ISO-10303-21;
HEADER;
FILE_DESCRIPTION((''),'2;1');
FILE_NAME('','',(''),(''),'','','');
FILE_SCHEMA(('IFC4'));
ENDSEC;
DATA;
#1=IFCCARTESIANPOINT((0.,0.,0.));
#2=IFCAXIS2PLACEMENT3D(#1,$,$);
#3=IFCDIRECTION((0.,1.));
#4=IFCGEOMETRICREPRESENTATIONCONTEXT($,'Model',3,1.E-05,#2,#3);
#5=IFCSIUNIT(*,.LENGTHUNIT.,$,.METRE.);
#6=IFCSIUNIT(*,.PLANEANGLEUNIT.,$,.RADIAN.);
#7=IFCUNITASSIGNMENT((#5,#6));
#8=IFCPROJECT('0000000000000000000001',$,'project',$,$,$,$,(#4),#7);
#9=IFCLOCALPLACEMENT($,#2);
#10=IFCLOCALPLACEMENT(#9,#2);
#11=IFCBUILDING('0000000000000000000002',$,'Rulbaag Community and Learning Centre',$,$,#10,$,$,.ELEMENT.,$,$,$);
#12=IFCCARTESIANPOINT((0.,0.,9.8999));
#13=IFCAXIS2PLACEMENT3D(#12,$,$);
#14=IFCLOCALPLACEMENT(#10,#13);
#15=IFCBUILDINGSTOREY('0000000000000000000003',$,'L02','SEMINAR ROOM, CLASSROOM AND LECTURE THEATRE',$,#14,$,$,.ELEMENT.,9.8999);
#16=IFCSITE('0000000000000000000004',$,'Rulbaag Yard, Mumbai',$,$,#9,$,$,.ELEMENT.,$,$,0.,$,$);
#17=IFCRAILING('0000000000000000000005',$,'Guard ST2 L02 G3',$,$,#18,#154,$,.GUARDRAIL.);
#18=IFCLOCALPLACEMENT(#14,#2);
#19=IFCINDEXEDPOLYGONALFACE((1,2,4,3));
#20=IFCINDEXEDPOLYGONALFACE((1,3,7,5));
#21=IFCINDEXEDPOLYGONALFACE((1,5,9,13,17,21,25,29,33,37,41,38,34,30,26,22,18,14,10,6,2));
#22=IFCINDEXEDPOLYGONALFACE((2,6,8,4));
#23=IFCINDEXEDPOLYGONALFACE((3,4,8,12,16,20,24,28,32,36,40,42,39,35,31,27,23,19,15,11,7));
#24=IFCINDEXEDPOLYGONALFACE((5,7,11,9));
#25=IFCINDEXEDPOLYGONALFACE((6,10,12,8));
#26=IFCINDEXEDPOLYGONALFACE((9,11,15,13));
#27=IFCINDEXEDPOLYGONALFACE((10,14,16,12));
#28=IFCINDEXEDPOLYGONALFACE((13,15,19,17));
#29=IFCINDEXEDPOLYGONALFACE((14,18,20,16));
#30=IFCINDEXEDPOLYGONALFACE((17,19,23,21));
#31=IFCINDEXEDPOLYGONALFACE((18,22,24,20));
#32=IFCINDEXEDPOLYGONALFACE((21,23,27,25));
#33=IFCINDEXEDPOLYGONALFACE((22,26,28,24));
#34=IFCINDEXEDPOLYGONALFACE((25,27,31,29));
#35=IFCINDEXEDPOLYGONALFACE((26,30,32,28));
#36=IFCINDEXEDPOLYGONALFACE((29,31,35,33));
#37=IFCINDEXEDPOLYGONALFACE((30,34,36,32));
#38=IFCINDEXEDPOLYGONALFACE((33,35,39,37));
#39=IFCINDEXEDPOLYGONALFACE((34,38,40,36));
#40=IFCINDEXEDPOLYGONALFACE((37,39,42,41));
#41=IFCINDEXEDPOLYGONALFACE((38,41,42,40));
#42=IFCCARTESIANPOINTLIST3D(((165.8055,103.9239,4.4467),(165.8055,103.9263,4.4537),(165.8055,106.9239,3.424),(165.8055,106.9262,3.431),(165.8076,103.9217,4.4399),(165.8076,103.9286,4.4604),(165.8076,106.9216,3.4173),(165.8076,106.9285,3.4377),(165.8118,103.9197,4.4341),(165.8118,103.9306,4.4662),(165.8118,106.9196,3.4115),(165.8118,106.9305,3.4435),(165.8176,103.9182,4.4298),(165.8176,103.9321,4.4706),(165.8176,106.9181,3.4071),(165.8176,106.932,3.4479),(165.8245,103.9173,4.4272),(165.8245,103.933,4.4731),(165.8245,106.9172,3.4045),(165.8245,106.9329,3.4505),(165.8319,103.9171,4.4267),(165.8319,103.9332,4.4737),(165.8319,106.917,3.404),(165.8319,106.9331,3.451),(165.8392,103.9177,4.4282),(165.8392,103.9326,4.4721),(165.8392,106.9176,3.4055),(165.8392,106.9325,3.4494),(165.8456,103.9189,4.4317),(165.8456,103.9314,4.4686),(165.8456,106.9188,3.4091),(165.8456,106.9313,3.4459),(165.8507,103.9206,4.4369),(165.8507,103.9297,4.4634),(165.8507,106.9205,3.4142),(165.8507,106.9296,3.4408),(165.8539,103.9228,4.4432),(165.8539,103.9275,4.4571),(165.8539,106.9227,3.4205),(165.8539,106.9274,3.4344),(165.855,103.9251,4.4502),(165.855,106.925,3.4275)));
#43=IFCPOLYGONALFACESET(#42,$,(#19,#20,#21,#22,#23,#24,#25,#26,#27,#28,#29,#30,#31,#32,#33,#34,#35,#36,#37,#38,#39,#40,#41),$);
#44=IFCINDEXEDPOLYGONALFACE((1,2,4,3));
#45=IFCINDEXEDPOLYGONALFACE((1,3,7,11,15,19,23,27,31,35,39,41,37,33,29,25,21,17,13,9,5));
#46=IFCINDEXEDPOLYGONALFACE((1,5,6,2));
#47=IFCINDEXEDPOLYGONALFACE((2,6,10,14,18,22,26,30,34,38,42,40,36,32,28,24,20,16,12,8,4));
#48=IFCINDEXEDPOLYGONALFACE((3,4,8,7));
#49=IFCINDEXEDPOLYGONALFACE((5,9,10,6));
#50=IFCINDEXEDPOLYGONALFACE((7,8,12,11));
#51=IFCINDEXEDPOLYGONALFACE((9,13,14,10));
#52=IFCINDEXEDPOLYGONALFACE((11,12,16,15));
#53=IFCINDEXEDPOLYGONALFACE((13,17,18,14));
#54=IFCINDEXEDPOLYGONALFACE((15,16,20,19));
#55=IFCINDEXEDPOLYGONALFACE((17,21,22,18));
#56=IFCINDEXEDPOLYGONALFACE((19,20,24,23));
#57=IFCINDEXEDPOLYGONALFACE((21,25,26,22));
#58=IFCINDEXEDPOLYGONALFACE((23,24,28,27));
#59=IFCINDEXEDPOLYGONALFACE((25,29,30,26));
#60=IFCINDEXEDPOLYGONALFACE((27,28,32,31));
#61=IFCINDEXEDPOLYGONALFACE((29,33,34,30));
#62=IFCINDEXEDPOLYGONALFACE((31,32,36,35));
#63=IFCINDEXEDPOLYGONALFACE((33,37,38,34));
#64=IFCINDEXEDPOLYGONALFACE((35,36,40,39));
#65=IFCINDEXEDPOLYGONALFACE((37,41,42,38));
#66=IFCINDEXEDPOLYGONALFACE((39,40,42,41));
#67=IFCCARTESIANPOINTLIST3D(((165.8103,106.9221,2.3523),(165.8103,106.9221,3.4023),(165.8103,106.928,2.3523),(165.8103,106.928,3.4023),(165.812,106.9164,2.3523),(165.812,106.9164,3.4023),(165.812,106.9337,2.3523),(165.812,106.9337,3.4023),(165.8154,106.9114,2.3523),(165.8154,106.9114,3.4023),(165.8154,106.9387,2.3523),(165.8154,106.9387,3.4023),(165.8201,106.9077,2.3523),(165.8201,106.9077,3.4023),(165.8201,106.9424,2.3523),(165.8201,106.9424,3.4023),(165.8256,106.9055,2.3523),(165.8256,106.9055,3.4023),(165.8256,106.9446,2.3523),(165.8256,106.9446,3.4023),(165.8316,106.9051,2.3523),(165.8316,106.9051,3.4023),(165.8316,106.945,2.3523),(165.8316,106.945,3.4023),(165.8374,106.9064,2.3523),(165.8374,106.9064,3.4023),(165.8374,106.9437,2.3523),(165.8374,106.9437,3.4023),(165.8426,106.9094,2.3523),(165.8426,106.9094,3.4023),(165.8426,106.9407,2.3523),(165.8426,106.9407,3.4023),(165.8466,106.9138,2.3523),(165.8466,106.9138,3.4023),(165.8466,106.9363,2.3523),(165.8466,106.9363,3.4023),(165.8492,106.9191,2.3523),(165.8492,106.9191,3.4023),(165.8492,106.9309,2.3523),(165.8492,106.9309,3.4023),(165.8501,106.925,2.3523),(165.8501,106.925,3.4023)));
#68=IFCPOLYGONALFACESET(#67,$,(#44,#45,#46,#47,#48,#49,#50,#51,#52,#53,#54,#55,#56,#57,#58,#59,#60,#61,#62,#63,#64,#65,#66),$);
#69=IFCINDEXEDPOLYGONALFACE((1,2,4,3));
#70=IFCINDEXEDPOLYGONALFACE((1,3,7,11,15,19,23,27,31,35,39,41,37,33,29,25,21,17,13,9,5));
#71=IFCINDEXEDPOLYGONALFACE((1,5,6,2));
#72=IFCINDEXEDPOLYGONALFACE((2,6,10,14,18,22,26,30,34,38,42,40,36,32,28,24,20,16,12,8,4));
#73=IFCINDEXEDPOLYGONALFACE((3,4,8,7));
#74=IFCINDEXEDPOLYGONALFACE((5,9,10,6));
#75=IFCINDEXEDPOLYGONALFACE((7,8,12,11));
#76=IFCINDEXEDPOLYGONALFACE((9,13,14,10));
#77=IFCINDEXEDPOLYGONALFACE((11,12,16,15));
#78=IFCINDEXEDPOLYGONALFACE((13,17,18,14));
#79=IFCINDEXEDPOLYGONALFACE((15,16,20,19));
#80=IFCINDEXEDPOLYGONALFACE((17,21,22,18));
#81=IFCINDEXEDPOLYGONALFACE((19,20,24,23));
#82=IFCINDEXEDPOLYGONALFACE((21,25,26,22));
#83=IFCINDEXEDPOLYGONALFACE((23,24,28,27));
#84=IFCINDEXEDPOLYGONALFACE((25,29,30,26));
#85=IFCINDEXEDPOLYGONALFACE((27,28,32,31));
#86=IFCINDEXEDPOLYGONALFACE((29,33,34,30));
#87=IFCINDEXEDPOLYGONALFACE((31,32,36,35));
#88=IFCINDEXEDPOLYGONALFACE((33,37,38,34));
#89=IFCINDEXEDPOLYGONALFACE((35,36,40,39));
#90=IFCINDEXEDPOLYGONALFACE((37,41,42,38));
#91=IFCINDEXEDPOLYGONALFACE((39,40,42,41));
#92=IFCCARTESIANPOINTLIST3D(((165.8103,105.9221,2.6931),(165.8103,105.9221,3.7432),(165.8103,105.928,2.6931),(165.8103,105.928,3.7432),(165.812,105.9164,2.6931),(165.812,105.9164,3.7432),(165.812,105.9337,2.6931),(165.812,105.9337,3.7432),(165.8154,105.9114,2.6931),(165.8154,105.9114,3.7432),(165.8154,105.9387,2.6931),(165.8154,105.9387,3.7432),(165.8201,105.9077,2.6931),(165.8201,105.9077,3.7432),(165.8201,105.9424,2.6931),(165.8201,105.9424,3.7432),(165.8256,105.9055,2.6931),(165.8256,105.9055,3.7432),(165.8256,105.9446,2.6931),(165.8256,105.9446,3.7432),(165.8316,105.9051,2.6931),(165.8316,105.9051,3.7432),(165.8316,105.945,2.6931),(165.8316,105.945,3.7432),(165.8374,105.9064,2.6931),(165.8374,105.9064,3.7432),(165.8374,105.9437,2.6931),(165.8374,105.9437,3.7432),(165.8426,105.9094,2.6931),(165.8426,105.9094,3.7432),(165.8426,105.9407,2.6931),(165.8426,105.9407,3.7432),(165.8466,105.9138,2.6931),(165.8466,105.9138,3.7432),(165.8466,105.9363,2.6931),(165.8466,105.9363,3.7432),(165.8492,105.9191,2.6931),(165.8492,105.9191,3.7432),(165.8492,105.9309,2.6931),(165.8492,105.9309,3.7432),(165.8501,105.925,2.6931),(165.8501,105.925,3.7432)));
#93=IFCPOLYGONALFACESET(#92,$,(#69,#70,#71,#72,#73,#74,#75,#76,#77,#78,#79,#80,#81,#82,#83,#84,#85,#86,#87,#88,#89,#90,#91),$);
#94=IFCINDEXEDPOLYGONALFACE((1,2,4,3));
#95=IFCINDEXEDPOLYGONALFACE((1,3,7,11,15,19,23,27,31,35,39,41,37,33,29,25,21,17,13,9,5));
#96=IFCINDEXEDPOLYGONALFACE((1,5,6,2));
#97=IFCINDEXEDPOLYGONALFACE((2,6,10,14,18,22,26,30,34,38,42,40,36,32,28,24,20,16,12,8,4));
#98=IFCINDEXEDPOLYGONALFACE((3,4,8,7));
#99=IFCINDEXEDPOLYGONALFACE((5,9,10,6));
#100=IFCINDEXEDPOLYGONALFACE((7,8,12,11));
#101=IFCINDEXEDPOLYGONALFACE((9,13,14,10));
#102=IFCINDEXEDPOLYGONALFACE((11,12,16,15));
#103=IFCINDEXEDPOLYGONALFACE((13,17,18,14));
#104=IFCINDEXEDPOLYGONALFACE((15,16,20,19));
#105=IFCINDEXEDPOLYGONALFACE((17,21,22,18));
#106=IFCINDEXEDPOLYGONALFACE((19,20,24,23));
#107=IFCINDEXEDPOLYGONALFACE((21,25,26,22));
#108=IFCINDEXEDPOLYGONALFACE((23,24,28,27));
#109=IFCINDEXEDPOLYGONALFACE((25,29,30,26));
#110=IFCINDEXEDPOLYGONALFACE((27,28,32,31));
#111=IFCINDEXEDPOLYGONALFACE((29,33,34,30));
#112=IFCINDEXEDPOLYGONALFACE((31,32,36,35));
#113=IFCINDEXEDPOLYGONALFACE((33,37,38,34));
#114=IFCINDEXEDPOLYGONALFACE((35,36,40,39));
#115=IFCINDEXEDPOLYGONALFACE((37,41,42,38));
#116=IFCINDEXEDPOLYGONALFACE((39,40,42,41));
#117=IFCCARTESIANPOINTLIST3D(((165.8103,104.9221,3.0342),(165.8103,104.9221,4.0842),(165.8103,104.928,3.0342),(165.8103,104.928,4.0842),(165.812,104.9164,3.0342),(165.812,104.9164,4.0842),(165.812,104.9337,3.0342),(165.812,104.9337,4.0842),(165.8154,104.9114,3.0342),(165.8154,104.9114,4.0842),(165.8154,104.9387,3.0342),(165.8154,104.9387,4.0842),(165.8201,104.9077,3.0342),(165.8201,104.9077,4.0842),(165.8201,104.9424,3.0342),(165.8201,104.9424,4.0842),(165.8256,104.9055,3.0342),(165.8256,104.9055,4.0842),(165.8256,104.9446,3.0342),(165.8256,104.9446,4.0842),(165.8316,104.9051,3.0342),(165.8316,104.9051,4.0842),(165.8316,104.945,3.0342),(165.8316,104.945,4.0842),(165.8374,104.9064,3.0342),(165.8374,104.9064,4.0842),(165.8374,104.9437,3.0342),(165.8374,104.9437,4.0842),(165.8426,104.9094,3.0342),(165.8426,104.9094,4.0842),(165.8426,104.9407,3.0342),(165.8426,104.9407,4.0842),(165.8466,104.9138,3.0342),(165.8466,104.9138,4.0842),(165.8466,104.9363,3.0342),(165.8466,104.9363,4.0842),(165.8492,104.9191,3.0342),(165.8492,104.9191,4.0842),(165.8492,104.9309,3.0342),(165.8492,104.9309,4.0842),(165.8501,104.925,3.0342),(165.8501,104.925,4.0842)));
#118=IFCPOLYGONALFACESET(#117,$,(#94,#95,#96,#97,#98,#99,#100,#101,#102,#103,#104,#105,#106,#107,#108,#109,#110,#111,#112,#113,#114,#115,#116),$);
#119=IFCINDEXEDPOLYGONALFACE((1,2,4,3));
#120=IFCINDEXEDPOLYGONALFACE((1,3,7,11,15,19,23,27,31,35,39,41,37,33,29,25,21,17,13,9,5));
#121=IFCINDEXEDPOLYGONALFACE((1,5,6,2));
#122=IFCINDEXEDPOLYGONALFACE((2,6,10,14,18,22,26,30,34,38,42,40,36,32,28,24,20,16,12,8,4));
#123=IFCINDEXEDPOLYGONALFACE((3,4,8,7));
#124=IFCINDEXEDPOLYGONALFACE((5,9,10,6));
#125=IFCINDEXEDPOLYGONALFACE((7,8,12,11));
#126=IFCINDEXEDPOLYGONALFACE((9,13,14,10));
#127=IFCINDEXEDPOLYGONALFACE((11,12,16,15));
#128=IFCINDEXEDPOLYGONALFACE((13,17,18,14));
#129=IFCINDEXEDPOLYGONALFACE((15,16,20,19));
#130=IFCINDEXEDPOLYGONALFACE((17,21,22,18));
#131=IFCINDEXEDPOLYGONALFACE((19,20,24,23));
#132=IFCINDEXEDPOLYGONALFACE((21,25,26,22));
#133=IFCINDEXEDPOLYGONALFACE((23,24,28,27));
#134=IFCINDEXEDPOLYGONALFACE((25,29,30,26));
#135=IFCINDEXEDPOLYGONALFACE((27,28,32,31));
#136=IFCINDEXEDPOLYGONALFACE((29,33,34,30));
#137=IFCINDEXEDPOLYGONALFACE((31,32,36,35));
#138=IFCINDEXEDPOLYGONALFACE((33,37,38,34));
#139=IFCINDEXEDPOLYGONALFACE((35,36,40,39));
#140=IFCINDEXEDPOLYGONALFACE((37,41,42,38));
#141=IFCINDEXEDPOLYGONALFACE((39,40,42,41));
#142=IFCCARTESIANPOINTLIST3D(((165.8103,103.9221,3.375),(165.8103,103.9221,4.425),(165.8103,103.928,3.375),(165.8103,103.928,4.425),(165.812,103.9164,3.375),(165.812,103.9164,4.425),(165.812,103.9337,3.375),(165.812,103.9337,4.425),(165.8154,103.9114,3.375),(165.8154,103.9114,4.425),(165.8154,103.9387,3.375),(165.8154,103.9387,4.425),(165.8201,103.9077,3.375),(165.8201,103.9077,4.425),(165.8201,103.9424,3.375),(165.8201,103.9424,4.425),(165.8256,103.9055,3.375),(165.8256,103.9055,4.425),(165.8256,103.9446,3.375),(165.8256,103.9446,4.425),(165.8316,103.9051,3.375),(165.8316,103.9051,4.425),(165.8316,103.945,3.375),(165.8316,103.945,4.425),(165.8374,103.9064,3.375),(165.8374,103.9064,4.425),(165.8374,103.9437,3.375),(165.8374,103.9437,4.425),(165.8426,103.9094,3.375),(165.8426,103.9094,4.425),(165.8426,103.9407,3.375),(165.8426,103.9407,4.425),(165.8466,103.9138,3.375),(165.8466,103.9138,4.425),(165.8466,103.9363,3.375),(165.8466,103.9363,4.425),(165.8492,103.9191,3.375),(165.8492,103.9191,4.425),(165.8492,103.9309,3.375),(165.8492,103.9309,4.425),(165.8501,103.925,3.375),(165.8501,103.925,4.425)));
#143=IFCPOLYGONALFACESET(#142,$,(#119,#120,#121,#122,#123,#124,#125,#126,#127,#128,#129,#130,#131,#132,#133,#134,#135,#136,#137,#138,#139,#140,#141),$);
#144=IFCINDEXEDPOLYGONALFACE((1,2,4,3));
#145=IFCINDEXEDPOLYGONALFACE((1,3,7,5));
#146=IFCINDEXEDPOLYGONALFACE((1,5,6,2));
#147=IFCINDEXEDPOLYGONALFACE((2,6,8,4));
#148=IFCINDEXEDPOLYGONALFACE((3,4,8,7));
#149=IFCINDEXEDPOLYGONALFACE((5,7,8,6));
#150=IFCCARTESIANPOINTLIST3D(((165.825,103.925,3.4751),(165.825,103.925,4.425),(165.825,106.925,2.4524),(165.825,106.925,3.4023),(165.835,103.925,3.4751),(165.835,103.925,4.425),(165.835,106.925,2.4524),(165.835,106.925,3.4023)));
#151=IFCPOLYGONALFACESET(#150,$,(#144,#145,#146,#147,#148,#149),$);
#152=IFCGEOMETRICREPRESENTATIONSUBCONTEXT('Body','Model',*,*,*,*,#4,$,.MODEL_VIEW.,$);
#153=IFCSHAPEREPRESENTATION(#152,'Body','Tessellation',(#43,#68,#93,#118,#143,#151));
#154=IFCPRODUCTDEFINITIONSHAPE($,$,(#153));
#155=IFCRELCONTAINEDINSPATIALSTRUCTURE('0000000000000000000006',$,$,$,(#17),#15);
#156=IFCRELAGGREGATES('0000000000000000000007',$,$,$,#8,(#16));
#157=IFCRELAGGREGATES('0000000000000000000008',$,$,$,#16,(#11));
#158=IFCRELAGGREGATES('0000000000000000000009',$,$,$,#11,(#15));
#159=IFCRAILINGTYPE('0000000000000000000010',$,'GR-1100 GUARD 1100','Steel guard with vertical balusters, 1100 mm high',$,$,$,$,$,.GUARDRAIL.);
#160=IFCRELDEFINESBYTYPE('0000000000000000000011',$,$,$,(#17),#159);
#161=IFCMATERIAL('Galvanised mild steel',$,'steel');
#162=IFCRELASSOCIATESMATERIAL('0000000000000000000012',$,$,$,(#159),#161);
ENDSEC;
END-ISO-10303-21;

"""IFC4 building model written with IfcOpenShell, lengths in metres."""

from ifc_helpers import new_model, si_unit, direction, frame, origin, origin_2d, place, context, subcontext, project, spatial, polyline, circle, outline, extrude, material, type_object, element, save


model = new_model("IFC4")

# Units and contexts
model_context = context("Model", 3, precision=1e-05, world=origin(), true_north=direction((0.0, 1.0)))
body_context = subcontext(model_context, "Body", "Model", "MODEL_VIEW")
ifc_project = project(units=[si_unit("LENGTHUNIT", "METRE"), si_unit("PLANEANGLEUNIT", "RADIAN")], contexts=[model_context])

# Site, building, storey
site_placement = place(None, origin())
site = spatial("IfcSite", under=ifc_project, at=site_placement, Name="Rulbaag Yard, Mumbai", CompositionType="ELEMENT", RefElevation=0.0)
building_placement = place(site_placement, origin())
building = spatial("IfcBuilding", under=site, at=building_placement, Name="Rulbaag Community and Learning Centre", CompositionType="ELEMENT")
storey_placement = place(building_placement, frame((0.0, 0.0, 9.8999)))
storey = spatial("IfcBuildingStorey", under=building, at=storey_placement, Name="L02", Description="SEMINAR ROOM, CLASSROOM AND LECTURE THEATRE", CompositionType="ELEMENT", Elevation=9.8999)

# Railing
ifc_material_1 = material(Name="Galvanised mild steel", Category="steel")
railing_type_1 = type_object("IfcRailingType", Name="GR-1100 GUARD 1100", Description="Steel guard with vertical balusters, 1100 mm high", PredefinedType="GUARDRAIL", material=ifc_material_1)
railing_1_placement = place(storey_placement, frame((165.8301, 106.925, 2.3523)))
element("IfcRailing", 1, at=railing_1_placement, inside=storey, type_object=railing_type_1, Name="Guard ST2 L02 G3", PredefinedType="GUARDRAIL", context=body_context, shape_type="SweptSolid", body=[
    extrude(circle(Radius=0.0249, at=origin_2d()), frame((0.0, 0.0, 1.0752), z_axis=(0.0, -0.946512, 0.322668), x_axis=(1.0, 0.0, 0.0)), (0.0, 0.0, 1.0), 3.1694),
    extrude(circle(Radius=0.02, at=origin_2d()), origin(), (0.0, 0.0, 1.0), 1.05),
    extrude(circle(Radius=0.02, at=origin_2d()), frame((0.0, -1.0, 0.3408)), (0.0, 0.0, 1.0), 1.05),
    extrude(circle(Radius=0.02, at=origin_2d()), frame((0.0, -2.0, 0.6819)), (0.0, 0.0, 1.0), 1.05),
    extrude(circle(Radius=0.02, at=origin_2d()), frame((0.0, -3.0, 1.0227)), (0.0, 0.0, 1.0), 1.05),
    extrude(outline(polyline([(0.0, 0.0), (3.0, 1.0227), (3.0, 1.9727), (0.0, 0.95), (0.0, 0.0)])), frame((0.0049, 0.0, 0.1001), z_axis=(-1.0, 0.0, 0.0), x_axis=(0.0, -1.0, 0.0)), (0.0, 0.0, 1.0), 0.01),
])

save(model, "model.ifc")
